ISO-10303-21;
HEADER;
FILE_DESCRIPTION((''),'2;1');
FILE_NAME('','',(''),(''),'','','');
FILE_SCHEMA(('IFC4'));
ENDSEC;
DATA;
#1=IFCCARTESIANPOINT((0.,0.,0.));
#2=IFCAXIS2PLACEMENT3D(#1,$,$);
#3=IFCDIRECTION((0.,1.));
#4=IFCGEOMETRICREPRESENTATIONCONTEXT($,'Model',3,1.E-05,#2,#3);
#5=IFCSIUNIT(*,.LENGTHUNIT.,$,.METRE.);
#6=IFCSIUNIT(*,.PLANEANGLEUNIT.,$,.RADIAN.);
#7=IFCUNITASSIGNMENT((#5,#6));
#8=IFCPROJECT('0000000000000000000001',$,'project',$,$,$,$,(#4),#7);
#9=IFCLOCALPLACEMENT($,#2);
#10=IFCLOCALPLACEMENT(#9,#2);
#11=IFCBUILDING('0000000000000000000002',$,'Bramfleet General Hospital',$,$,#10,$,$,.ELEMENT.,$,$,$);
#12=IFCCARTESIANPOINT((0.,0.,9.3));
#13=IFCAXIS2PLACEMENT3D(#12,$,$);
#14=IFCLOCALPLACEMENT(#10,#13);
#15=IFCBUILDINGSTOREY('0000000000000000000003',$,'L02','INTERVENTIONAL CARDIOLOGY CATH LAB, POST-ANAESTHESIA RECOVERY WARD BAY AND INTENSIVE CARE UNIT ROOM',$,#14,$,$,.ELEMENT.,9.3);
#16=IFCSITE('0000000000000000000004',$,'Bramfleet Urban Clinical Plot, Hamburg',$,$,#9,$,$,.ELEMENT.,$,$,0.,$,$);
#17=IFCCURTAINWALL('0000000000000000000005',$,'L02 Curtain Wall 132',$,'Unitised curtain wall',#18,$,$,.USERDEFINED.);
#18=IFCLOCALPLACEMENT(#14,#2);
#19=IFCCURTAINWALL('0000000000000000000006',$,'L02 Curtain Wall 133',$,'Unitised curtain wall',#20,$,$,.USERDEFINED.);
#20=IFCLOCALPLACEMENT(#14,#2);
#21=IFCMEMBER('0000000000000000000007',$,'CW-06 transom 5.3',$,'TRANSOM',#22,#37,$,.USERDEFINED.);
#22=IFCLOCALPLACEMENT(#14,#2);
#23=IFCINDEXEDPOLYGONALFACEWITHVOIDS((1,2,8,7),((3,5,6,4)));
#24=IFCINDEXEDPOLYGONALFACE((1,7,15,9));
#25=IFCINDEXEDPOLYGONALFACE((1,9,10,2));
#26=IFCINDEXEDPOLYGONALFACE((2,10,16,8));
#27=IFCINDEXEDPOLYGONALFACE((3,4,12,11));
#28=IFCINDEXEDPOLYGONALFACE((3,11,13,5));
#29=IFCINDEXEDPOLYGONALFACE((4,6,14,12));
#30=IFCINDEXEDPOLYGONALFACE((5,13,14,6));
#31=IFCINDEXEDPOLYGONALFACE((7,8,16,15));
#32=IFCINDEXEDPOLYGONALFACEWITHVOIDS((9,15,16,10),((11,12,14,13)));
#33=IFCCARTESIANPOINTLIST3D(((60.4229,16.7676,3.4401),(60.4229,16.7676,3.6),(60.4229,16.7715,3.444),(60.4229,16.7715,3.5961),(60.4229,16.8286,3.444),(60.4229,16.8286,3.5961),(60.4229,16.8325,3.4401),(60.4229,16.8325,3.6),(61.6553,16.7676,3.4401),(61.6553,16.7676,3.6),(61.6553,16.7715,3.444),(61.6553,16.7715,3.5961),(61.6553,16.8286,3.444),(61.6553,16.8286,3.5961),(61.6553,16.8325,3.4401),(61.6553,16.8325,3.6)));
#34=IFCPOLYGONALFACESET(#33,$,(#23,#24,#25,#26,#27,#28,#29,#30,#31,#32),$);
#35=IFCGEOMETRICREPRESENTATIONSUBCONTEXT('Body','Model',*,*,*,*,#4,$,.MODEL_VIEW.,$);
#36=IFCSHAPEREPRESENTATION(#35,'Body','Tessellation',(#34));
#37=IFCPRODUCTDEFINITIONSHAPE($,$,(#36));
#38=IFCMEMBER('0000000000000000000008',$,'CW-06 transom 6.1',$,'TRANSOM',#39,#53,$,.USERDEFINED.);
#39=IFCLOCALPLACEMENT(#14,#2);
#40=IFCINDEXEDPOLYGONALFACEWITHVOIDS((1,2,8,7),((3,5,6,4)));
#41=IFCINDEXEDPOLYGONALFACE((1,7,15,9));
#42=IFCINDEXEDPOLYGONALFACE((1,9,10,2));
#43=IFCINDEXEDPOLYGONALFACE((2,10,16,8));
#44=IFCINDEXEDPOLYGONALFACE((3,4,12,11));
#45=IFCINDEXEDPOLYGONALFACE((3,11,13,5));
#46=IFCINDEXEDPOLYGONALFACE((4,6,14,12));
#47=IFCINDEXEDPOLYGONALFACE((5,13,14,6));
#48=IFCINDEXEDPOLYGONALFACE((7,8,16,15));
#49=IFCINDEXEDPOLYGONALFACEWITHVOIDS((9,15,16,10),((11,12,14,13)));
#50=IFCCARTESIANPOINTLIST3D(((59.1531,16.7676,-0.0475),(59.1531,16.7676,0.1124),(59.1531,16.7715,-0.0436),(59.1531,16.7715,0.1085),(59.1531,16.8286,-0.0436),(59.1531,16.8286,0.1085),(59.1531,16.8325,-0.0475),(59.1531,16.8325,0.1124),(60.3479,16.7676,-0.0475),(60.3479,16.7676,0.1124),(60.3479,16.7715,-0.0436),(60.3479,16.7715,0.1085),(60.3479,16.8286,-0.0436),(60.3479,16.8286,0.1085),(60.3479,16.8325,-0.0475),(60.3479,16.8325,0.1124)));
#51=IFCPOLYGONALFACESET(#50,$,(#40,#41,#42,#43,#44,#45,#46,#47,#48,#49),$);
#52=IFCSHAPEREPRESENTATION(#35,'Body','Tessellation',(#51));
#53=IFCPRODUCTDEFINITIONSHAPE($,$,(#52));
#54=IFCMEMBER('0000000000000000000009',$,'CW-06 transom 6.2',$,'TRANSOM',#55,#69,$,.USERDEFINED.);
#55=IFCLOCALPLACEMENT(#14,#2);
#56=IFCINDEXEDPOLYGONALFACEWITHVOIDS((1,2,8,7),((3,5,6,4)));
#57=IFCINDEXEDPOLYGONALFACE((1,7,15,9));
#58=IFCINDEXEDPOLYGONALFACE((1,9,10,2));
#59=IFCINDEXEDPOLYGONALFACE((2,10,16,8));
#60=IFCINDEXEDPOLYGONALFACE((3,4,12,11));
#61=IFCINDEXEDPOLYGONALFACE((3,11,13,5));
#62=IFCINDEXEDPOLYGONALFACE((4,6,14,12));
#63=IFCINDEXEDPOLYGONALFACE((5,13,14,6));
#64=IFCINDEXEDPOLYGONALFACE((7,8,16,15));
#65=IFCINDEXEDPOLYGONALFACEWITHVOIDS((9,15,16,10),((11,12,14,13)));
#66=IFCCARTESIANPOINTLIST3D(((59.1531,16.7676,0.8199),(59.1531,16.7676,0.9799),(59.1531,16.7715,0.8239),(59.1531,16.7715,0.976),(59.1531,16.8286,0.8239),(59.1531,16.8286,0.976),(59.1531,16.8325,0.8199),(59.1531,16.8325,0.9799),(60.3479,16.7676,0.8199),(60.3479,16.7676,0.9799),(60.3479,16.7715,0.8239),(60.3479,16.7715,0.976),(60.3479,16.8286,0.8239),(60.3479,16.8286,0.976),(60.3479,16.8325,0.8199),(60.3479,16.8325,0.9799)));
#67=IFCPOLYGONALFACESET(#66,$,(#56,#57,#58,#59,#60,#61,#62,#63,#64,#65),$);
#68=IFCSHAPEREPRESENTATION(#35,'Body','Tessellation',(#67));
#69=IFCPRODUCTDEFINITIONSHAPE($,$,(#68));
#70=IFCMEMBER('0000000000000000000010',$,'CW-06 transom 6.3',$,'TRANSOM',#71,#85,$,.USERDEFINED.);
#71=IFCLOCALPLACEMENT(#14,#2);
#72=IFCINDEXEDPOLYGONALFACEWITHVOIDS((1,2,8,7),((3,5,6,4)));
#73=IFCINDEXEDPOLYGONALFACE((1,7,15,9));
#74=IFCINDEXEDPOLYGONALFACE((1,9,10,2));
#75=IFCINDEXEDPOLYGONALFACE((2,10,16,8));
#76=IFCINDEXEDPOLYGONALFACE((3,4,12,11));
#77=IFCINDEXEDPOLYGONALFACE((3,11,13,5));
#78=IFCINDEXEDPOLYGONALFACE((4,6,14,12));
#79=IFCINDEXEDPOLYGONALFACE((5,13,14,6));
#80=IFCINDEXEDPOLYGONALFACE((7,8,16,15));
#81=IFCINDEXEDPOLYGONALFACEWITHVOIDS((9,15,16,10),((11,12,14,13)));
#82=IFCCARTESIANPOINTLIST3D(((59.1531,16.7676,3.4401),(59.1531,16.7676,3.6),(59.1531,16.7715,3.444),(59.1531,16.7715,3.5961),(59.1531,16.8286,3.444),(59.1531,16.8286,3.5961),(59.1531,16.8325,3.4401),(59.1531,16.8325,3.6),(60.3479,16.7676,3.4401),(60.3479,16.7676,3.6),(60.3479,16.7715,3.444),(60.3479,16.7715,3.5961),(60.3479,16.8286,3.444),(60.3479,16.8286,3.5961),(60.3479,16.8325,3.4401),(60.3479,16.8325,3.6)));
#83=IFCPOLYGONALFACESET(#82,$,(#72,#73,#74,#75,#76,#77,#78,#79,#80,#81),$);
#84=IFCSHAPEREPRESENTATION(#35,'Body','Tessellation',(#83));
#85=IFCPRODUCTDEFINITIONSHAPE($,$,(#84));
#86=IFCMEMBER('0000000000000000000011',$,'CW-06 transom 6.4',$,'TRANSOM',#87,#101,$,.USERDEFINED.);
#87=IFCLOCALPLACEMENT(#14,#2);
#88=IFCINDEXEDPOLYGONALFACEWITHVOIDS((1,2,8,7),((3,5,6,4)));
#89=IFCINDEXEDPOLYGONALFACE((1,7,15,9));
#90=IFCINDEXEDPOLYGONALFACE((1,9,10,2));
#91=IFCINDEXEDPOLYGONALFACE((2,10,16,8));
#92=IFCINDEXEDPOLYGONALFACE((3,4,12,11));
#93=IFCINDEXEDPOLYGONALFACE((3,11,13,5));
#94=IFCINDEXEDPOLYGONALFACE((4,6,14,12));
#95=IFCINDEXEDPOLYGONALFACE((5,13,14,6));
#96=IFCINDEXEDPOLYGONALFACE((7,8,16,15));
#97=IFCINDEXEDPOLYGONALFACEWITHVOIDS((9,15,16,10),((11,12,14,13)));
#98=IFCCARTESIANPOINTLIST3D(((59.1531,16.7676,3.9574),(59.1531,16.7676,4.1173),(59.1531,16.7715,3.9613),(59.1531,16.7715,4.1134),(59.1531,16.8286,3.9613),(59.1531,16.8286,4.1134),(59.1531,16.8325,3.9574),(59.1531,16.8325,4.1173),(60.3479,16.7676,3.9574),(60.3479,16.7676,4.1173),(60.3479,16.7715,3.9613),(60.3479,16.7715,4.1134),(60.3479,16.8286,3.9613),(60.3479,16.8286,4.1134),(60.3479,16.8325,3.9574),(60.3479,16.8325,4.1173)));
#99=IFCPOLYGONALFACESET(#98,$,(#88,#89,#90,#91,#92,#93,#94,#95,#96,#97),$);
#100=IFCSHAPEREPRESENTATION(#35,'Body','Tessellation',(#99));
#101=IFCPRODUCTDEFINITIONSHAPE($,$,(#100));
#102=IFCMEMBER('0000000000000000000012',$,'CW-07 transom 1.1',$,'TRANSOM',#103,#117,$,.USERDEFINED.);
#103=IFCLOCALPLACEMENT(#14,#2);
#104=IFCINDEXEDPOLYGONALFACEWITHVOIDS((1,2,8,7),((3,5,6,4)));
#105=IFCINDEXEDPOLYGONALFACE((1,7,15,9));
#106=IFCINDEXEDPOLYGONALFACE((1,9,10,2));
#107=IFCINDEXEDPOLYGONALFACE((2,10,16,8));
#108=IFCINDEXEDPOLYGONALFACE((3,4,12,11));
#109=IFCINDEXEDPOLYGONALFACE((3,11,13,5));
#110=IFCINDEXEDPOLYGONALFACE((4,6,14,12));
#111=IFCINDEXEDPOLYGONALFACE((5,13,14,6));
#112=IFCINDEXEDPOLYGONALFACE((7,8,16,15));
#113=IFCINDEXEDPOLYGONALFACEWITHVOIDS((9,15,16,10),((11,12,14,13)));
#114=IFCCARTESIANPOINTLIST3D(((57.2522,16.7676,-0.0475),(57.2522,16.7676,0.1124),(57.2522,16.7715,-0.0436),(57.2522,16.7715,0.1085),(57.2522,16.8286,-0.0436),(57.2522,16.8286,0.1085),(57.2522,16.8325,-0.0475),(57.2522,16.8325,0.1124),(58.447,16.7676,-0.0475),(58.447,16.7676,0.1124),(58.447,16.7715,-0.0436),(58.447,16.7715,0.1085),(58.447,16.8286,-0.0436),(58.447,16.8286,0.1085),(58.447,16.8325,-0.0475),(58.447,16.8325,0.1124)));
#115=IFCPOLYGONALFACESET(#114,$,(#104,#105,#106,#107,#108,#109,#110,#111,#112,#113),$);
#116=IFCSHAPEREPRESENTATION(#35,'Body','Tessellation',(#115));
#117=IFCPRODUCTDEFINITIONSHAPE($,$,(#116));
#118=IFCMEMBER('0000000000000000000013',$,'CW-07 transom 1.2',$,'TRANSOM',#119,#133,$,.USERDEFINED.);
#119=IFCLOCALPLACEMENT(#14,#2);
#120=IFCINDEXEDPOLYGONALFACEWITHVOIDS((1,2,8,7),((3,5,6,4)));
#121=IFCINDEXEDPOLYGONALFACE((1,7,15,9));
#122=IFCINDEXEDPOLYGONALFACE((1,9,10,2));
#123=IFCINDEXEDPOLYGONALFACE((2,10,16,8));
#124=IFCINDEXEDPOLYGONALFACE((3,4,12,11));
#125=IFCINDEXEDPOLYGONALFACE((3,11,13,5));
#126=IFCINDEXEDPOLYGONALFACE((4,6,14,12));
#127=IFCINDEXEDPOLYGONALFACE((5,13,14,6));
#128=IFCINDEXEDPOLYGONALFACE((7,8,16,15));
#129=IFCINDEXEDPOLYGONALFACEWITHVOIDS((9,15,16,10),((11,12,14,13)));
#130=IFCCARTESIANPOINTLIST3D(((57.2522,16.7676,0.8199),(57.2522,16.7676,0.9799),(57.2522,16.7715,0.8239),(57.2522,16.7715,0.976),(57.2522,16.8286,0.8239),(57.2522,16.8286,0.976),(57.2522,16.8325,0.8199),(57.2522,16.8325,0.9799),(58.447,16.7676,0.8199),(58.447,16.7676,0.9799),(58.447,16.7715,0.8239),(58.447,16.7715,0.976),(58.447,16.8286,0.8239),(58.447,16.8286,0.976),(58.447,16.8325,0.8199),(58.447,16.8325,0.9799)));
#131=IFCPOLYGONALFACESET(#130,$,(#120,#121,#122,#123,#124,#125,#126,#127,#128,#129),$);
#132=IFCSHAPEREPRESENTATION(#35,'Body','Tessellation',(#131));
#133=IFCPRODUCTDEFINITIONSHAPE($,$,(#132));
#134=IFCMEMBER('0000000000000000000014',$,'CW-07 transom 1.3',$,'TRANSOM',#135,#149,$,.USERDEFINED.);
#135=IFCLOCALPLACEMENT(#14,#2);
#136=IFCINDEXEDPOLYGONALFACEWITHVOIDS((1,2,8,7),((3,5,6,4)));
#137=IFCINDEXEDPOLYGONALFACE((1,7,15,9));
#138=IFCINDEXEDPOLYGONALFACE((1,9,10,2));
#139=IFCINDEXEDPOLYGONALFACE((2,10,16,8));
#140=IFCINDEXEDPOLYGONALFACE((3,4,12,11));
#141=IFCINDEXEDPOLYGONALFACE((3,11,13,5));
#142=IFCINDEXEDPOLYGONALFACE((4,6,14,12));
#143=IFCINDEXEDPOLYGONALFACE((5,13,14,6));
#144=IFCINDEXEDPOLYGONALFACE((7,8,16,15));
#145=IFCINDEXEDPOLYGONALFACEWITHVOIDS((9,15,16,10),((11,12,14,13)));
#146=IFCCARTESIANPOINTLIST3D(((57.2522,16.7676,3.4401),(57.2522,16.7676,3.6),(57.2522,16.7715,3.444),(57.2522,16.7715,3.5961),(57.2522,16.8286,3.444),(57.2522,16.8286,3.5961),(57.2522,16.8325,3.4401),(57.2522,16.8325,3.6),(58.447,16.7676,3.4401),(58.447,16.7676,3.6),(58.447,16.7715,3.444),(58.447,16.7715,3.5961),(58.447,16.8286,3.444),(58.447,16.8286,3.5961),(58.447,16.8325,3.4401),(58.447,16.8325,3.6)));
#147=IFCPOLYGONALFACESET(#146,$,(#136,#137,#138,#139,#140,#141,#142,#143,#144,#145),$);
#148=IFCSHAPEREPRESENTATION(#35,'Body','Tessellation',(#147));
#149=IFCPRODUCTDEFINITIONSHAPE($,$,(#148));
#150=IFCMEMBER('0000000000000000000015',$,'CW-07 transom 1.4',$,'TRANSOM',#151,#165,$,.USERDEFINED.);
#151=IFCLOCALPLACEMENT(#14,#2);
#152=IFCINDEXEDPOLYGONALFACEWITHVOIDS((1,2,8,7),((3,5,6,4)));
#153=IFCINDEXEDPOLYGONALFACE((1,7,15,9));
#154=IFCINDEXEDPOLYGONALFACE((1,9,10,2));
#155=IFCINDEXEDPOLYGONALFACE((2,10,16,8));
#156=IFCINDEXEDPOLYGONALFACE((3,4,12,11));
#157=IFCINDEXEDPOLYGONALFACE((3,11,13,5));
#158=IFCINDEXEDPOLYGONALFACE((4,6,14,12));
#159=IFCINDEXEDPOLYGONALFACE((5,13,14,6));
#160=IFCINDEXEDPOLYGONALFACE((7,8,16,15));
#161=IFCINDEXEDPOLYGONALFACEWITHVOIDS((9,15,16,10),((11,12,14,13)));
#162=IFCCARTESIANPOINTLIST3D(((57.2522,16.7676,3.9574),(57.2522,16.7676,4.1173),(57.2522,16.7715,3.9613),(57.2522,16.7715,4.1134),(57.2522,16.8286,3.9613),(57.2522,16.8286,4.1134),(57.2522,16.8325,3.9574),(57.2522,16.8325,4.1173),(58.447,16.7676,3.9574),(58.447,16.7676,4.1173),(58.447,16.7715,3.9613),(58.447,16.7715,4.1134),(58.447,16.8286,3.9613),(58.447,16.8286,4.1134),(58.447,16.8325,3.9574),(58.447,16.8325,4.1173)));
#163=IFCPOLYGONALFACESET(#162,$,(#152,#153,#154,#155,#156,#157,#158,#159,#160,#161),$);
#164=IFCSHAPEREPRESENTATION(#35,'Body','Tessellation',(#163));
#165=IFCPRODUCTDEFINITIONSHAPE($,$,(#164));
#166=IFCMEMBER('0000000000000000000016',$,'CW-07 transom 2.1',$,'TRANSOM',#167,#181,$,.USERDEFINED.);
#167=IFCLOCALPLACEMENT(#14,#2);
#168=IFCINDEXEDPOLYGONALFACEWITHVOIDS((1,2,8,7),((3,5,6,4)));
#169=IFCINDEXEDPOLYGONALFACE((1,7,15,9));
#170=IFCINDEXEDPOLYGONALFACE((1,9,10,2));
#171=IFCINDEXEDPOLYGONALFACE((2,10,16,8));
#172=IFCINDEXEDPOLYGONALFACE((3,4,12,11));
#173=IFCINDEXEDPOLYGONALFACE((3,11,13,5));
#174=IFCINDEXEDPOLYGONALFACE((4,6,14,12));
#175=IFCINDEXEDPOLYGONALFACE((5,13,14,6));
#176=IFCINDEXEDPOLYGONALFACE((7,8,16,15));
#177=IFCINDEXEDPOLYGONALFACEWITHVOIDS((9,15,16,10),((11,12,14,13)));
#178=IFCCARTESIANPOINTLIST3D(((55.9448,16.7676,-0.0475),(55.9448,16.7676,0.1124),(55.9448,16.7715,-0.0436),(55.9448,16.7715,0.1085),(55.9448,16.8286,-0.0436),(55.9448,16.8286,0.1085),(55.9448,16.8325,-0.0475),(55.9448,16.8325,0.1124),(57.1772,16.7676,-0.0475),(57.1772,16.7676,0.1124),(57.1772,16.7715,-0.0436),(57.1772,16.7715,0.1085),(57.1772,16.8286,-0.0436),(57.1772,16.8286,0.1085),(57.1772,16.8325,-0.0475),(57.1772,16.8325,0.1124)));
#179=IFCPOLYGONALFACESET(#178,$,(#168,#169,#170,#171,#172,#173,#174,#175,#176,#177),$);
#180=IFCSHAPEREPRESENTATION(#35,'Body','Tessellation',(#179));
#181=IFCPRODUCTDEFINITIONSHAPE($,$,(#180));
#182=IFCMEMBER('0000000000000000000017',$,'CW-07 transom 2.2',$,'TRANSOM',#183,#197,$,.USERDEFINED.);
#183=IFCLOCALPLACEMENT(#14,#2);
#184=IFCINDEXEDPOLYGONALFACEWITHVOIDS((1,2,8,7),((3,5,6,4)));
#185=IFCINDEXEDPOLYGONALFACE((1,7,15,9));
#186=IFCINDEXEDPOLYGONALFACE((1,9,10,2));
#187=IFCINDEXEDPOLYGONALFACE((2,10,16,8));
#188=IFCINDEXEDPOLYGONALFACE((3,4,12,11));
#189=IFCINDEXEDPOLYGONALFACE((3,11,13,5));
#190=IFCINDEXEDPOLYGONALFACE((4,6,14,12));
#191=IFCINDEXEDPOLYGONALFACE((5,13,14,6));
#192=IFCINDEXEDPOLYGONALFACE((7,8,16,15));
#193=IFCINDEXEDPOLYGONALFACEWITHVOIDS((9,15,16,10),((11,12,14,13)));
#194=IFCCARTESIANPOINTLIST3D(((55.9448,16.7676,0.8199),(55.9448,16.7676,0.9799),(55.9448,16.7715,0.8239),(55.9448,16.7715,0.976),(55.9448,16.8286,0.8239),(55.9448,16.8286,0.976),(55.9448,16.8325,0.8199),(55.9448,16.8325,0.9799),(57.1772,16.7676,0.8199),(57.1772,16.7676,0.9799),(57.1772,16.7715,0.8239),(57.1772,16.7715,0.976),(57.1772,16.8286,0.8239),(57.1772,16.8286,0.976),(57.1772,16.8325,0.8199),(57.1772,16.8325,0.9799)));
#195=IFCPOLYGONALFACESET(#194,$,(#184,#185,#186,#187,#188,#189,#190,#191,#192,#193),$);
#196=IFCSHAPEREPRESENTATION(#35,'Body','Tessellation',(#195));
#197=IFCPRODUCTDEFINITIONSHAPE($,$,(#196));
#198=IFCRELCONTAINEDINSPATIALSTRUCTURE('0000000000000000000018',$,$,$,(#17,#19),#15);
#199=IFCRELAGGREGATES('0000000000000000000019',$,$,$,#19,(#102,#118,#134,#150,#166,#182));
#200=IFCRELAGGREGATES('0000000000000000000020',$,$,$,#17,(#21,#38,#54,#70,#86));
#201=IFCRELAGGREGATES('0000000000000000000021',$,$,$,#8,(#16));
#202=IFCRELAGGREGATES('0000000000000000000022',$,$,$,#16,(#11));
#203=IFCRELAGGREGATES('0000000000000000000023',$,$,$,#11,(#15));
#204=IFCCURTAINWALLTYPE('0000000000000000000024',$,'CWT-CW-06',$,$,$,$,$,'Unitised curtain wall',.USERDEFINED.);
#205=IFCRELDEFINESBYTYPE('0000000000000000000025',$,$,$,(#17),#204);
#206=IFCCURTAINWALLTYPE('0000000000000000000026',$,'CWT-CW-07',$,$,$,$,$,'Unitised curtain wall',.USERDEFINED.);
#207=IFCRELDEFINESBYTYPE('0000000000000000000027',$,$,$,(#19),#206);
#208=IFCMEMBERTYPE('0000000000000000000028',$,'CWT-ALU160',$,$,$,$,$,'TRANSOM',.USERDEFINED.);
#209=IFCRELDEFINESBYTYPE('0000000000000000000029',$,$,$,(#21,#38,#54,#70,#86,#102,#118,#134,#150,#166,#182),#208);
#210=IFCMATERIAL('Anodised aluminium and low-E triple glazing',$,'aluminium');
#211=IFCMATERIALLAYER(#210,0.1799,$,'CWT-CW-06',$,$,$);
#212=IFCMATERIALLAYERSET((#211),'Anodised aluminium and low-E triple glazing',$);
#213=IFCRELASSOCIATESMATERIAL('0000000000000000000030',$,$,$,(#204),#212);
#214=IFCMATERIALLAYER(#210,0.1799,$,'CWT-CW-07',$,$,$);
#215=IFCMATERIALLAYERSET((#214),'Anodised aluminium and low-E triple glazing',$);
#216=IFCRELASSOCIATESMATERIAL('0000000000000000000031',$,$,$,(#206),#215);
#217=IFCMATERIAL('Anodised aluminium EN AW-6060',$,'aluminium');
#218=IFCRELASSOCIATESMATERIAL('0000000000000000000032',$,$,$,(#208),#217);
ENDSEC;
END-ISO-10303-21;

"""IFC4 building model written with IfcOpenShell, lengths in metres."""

from ifc_helpers import new_model, si_unit, direction, frame, origin, origin_2d, place, context, subcontext, project, spatial, hollow_rectangle, extrude, material, layer, layer_set, material_profile, profile_set, type_object, element, aggregate, save


model = new_model("IFC4")

# Units and contexts
model_context = context("Model", 3, precision=1e-05, world=origin(), true_north=direction((0.0, 1.0)))
body_context = subcontext(model_context, "Body", "Model", "MODEL_VIEW")
ifc_project = project(units=[si_unit("LENGTHUNIT", "METRE"), si_unit("PLANEANGLEUNIT", "RADIAN")], contexts=[model_context])

# Site, building, storey
site_placement = place(None, origin())
site = spatial("IfcSite", under=ifc_project, at=site_placement, Name="Bramfleet Urban Clinical Plot, Hamburg", CompositionType="ELEMENT", RefElevation=0.0)
building_placement = place(site_placement, origin())
building = spatial("IfcBuilding", under=site, at=building_placement, Name="Bramfleet General Hospital", CompositionType="ELEMENT")
storey_placement = place(building_placement, frame((0.0, 0.0, 9.3)))
storey = spatial("IfcBuildingStorey", under=building, at=storey_placement, Name="L02", Description="INTERVENTIONAL CARDIOLOGY CATH LAB, POST-ANAESTHESIA RECOVERY WARD BAY AND INTENSIVE CARE UNIT ROOM", CompositionType="ELEMENT", Elevation=9.3)

# Curtain walls
ifc_material_1 = material(Name="Anodised aluminium and low-E triple glazing", Category="aluminium")
ifc_layer_1 = layer(ifc_material_1, 0.1799, Name="CWT-CW-06")
ifc_layer_set_1 = layer_set([ifc_layer_1], Name="Anodised aluminium and low-E triple glazing")
curtain_wall_type_1 = type_object("IfcCurtainWallType", Name="CWT-CW-06", ElementType="Unitised curtain wall", PredefinedType="USERDEFINED", material=ifc_layer_set_1)
curtain_wall_1_placement = place(storey_placement, origin())
curtain_wall_1 = element("IfcCurtainWall", 1, at=curtain_wall_1_placement, inside=storey, type_object=curtain_wall_type_1, Name="L02 Curtain Wall 132", ObjectType="Unitised curtain wall", PredefinedType="USERDEFINED")
ifc_material_2 = material(Name="Anodised aluminium EN AW-6060", Category="aluminium")
ifc_layer_2 = layer(ifc_material_1, 0.1799, Name="CWT-CW-07")
ifc_layer_set_2 = layer_set([ifc_layer_2], Name="Anodised aluminium and low-E triple glazing")
curtain_wall_type_2 = type_object("IfcCurtainWallType", Name="CWT-CW-07", ElementType="Unitised curtain wall", PredefinedType="USERDEFINED", material=ifc_layer_set_2)
curtain_wall_2_placement = place(storey_placement, origin())
curtain_wall_2 = element("IfcCurtainWall", 2, at=curtain_wall_2_placement, inside=storey, type_object=curtain_wall_type_2, Name="L02 Curtain Wall 133", ObjectType="Unitised curtain wall", PredefinedType="USERDEFINED")

# Members
ifc_material_profile_1 = material_profile(ifc_material_2, hollow_rectangle(XDim=0.0649, YDim=0.1599, WallThickness=0.0039, at=origin_2d()), Name="ALU 160x65x4.0")
ifc_profile_set_1 = profile_set([ifc_material_profile_1], Name="Anodised aluminium EN AW-6060")
member_type_1 = type_object("IfcMemberType", Name="CWT-ALU160", ElementType="TRANSOM", PredefinedType="USERDEFINED", material=ifc_profile_set_1)
member_1_placement = place(storey_placement, frame((61.6553, 16.8, 3.52), z_axis=(-1.0, 0.0, 0.0), x_axis=(0.0, -1.0, 0.0)))
member_1 = element("IfcMember", 3, at=member_1_placement, type_object=member_type_1, Name="CW-06 transom 5.3", ObjectType="TRANSOM", PredefinedType="USERDEFINED", context=body_context, shape_type="SweptSolid", body=[
    extrude(hollow_rectangle(XDim=0.0649, YDim=0.1599, WallThickness=0.0039, at=origin_2d()), origin(), (0.0, 0.0, 1.0), 1.2324),
])
member_2_placement = place(storey_placement, frame((60.3479, 16.8, 0.0325), z_axis=(-1.0, 0.0, 0.0), x_axis=(0.0, -1.0, 0.0)))
member_2 = element("IfcMember", 4, at=member_2_placement, type_object=member_type_1, Name="CW-06 transom 6.1", ObjectType="TRANSOM", PredefinedType="USERDEFINED", context=body_context, shape_type="SweptSolid", body=[
    extrude(hollow_rectangle(XDim=0.0649, YDim=0.1599, WallThickness=0.0039, at=origin_2d()), origin(), (0.0, 0.0, 1.0), 1.1948),
])
member_3_placement = place(storey_placement, frame((60.3479, 16.8, 0.8999), z_axis=(-1.0, 0.0, 0.0), x_axis=(0.0, -1.0, 0.0)))
member_3 = element("IfcMember", 5, at=member_3_placement, type_object=member_type_1, Name="CW-06 transom 6.2", ObjectType="TRANSOM", PredefinedType="USERDEFINED", context=body_context, shape_type="SweptSolid", body=[
    extrude(hollow_rectangle(XDim=0.0649, YDim=0.1599, WallThickness=0.0039, at=origin_2d()), origin(), (0.0, 0.0, 1.0), 1.1948),
])
member_4_placement = place(storey_placement, frame((60.3479, 16.8, 3.52), z_axis=(-1.0, 0.0, 0.0), x_axis=(0.0, -1.0, 0.0)))
member_4 = element("IfcMember", 6, at=member_4_placement, type_object=member_type_1, Name="CW-06 transom 6.3", ObjectType="TRANSOM", PredefinedType="USERDEFINED", context=body_context, shape_type="SweptSolid", body=[
    extrude(hollow_rectangle(XDim=0.0649, YDim=0.1599, WallThickness=0.0039, at=origin_2d()), origin(), (0.0, 0.0, 1.0), 1.1948),
])
member_5_placement = place(storey_placement, frame((60.3479, 16.8, 4.0374), z_axis=(-1.0, 0.0, 0.0), x_axis=(0.0, -1.0, 0.0)))
member_5 = element("IfcMember", 7, at=member_5_placement, type_object=member_type_1, Name="CW-06 transom 6.4", ObjectType="TRANSOM", PredefinedType="USERDEFINED", context=body_context, shape_type="SweptSolid", body=[
    extrude(hollow_rectangle(XDim=0.0649, YDim=0.1599, WallThickness=0.0039, at=origin_2d()), origin(), (0.0, 0.0, 1.0), 1.1948),
])
member_6_placement = place(storey_placement, frame((58.447, 16.8, 0.0325), z_axis=(-1.0, 0.0, 0.0), x_axis=(0.0, -1.0, 0.0)))
member_6 = element("IfcMember", 8, at=member_6_placement, type_object=member_type_1, Name="CW-07 transom 1.1", ObjectType="TRANSOM", PredefinedType="USERDEFINED", context=body_context, shape_type="SweptSolid", body=[
    extrude(hollow_rectangle(XDim=0.0649, YDim=0.1599, WallThickness=0.0039, at=origin_2d()), origin(), (0.0, 0.0, 1.0), 1.1948),
])
member_7_placement = place(storey_placement, frame((58.447, 16.8, 0.8999), z_axis=(-1.0, 0.0, 0.0), x_axis=(0.0, -1.0, 0.0)))
member_7 = element("IfcMember", 9, at=member_7_placement, type_object=member_type_1, Name="CW-07 transom 1.2", ObjectType="TRANSOM", PredefinedType="USERDEFINED", context=body_context, shape_type="SweptSolid", body=[
    extrude(hollow_rectangle(XDim=0.0649, YDim=0.1599, WallThickness=0.0039, at=origin_2d()), origin(), (0.0, 0.0, 1.0), 1.1948),
])
member_8_placement = place(storey_placement, frame((58.447, 16.8, 3.52), z_axis=(-1.0, 0.0, 0.0), x_axis=(0.0, -1.0, 0.0)))
member_8 = element("IfcMember", 10, at=member_8_placement, type_object=member_type_1, Name="CW-07 transom 1.3", ObjectType="TRANSOM", PredefinedType="USERDEFINED", context=body_context, shape_type="SweptSolid", body=[
    extrude(hollow_rectangle(XDim=0.0649, YDim=0.1599, WallThickness=0.0039, at=origin_2d()), origin(), (0.0, 0.0, 1.0), 1.1948),
])
member_9_placement = place(storey_placement, frame((58.447, 16.8, 4.0374), z_axis=(-1.0, 0.0, 0.0), x_axis=(0.0, -1.0, 0.0)))
member_9 = element("IfcMember", 11, at=member_9_placement, type_object=member_type_1, Name="CW-07 transom 1.4", ObjectType="TRANSOM", PredefinedType="USERDEFINED", context=body_context, shape_type="SweptSolid", body=[
    extrude(hollow_rectangle(XDim=0.0649, YDim=0.1599, WallThickness=0.0039, at=origin_2d()), origin(), (0.0, 0.0, 1.0), 1.1948),
])
member_10_placement = place(storey_placement, frame((57.1772, 16.8, 0.0325), z_axis=(-1.0, 0.0, 0.0), x_axis=(0.0, -1.0, 0.0)))
member_10 = element("IfcMember", 12, at=member_10_placement, type_object=member_type_1, Name="CW-07 transom 2.1", ObjectType="TRANSOM", PredefinedType="USERDEFINED", context=body_context, shape_type="SweptSolid", body=[
    extrude(hollow_rectangle(XDim=0.0649, YDim=0.1599, WallThickness=0.0039, at=origin_2d()), origin(), (0.0, 0.0, 1.0), 1.2324),
])
member_11_placement = place(storey_placement, frame((57.1772, 16.8, 0.8999), z_axis=(-1.0, 0.0, 0.0), x_axis=(0.0, -1.0, 0.0)))
member_11 = element("IfcMember", 13, at=member_11_placement, type_object=member_type_1, Name="CW-07 transom 2.2", ObjectType="TRANSOM", PredefinedType="USERDEFINED", context=body_context, shape_type="SweptSolid", body=[
    extrude(hollow_rectangle(XDim=0.0649, YDim=0.1599, WallThickness=0.0039, at=origin_2d()), origin(), (0.0, 0.0, 1.0), 1.2324),
])

aggregate(curtain_wall_2, [member_6, member_7, member_8, member_9, member_10, member_11])
aggregate(curtain_wall_1, [member_1, member_2, member_3, member_4, member_5])

save(model, "model.ifc")
